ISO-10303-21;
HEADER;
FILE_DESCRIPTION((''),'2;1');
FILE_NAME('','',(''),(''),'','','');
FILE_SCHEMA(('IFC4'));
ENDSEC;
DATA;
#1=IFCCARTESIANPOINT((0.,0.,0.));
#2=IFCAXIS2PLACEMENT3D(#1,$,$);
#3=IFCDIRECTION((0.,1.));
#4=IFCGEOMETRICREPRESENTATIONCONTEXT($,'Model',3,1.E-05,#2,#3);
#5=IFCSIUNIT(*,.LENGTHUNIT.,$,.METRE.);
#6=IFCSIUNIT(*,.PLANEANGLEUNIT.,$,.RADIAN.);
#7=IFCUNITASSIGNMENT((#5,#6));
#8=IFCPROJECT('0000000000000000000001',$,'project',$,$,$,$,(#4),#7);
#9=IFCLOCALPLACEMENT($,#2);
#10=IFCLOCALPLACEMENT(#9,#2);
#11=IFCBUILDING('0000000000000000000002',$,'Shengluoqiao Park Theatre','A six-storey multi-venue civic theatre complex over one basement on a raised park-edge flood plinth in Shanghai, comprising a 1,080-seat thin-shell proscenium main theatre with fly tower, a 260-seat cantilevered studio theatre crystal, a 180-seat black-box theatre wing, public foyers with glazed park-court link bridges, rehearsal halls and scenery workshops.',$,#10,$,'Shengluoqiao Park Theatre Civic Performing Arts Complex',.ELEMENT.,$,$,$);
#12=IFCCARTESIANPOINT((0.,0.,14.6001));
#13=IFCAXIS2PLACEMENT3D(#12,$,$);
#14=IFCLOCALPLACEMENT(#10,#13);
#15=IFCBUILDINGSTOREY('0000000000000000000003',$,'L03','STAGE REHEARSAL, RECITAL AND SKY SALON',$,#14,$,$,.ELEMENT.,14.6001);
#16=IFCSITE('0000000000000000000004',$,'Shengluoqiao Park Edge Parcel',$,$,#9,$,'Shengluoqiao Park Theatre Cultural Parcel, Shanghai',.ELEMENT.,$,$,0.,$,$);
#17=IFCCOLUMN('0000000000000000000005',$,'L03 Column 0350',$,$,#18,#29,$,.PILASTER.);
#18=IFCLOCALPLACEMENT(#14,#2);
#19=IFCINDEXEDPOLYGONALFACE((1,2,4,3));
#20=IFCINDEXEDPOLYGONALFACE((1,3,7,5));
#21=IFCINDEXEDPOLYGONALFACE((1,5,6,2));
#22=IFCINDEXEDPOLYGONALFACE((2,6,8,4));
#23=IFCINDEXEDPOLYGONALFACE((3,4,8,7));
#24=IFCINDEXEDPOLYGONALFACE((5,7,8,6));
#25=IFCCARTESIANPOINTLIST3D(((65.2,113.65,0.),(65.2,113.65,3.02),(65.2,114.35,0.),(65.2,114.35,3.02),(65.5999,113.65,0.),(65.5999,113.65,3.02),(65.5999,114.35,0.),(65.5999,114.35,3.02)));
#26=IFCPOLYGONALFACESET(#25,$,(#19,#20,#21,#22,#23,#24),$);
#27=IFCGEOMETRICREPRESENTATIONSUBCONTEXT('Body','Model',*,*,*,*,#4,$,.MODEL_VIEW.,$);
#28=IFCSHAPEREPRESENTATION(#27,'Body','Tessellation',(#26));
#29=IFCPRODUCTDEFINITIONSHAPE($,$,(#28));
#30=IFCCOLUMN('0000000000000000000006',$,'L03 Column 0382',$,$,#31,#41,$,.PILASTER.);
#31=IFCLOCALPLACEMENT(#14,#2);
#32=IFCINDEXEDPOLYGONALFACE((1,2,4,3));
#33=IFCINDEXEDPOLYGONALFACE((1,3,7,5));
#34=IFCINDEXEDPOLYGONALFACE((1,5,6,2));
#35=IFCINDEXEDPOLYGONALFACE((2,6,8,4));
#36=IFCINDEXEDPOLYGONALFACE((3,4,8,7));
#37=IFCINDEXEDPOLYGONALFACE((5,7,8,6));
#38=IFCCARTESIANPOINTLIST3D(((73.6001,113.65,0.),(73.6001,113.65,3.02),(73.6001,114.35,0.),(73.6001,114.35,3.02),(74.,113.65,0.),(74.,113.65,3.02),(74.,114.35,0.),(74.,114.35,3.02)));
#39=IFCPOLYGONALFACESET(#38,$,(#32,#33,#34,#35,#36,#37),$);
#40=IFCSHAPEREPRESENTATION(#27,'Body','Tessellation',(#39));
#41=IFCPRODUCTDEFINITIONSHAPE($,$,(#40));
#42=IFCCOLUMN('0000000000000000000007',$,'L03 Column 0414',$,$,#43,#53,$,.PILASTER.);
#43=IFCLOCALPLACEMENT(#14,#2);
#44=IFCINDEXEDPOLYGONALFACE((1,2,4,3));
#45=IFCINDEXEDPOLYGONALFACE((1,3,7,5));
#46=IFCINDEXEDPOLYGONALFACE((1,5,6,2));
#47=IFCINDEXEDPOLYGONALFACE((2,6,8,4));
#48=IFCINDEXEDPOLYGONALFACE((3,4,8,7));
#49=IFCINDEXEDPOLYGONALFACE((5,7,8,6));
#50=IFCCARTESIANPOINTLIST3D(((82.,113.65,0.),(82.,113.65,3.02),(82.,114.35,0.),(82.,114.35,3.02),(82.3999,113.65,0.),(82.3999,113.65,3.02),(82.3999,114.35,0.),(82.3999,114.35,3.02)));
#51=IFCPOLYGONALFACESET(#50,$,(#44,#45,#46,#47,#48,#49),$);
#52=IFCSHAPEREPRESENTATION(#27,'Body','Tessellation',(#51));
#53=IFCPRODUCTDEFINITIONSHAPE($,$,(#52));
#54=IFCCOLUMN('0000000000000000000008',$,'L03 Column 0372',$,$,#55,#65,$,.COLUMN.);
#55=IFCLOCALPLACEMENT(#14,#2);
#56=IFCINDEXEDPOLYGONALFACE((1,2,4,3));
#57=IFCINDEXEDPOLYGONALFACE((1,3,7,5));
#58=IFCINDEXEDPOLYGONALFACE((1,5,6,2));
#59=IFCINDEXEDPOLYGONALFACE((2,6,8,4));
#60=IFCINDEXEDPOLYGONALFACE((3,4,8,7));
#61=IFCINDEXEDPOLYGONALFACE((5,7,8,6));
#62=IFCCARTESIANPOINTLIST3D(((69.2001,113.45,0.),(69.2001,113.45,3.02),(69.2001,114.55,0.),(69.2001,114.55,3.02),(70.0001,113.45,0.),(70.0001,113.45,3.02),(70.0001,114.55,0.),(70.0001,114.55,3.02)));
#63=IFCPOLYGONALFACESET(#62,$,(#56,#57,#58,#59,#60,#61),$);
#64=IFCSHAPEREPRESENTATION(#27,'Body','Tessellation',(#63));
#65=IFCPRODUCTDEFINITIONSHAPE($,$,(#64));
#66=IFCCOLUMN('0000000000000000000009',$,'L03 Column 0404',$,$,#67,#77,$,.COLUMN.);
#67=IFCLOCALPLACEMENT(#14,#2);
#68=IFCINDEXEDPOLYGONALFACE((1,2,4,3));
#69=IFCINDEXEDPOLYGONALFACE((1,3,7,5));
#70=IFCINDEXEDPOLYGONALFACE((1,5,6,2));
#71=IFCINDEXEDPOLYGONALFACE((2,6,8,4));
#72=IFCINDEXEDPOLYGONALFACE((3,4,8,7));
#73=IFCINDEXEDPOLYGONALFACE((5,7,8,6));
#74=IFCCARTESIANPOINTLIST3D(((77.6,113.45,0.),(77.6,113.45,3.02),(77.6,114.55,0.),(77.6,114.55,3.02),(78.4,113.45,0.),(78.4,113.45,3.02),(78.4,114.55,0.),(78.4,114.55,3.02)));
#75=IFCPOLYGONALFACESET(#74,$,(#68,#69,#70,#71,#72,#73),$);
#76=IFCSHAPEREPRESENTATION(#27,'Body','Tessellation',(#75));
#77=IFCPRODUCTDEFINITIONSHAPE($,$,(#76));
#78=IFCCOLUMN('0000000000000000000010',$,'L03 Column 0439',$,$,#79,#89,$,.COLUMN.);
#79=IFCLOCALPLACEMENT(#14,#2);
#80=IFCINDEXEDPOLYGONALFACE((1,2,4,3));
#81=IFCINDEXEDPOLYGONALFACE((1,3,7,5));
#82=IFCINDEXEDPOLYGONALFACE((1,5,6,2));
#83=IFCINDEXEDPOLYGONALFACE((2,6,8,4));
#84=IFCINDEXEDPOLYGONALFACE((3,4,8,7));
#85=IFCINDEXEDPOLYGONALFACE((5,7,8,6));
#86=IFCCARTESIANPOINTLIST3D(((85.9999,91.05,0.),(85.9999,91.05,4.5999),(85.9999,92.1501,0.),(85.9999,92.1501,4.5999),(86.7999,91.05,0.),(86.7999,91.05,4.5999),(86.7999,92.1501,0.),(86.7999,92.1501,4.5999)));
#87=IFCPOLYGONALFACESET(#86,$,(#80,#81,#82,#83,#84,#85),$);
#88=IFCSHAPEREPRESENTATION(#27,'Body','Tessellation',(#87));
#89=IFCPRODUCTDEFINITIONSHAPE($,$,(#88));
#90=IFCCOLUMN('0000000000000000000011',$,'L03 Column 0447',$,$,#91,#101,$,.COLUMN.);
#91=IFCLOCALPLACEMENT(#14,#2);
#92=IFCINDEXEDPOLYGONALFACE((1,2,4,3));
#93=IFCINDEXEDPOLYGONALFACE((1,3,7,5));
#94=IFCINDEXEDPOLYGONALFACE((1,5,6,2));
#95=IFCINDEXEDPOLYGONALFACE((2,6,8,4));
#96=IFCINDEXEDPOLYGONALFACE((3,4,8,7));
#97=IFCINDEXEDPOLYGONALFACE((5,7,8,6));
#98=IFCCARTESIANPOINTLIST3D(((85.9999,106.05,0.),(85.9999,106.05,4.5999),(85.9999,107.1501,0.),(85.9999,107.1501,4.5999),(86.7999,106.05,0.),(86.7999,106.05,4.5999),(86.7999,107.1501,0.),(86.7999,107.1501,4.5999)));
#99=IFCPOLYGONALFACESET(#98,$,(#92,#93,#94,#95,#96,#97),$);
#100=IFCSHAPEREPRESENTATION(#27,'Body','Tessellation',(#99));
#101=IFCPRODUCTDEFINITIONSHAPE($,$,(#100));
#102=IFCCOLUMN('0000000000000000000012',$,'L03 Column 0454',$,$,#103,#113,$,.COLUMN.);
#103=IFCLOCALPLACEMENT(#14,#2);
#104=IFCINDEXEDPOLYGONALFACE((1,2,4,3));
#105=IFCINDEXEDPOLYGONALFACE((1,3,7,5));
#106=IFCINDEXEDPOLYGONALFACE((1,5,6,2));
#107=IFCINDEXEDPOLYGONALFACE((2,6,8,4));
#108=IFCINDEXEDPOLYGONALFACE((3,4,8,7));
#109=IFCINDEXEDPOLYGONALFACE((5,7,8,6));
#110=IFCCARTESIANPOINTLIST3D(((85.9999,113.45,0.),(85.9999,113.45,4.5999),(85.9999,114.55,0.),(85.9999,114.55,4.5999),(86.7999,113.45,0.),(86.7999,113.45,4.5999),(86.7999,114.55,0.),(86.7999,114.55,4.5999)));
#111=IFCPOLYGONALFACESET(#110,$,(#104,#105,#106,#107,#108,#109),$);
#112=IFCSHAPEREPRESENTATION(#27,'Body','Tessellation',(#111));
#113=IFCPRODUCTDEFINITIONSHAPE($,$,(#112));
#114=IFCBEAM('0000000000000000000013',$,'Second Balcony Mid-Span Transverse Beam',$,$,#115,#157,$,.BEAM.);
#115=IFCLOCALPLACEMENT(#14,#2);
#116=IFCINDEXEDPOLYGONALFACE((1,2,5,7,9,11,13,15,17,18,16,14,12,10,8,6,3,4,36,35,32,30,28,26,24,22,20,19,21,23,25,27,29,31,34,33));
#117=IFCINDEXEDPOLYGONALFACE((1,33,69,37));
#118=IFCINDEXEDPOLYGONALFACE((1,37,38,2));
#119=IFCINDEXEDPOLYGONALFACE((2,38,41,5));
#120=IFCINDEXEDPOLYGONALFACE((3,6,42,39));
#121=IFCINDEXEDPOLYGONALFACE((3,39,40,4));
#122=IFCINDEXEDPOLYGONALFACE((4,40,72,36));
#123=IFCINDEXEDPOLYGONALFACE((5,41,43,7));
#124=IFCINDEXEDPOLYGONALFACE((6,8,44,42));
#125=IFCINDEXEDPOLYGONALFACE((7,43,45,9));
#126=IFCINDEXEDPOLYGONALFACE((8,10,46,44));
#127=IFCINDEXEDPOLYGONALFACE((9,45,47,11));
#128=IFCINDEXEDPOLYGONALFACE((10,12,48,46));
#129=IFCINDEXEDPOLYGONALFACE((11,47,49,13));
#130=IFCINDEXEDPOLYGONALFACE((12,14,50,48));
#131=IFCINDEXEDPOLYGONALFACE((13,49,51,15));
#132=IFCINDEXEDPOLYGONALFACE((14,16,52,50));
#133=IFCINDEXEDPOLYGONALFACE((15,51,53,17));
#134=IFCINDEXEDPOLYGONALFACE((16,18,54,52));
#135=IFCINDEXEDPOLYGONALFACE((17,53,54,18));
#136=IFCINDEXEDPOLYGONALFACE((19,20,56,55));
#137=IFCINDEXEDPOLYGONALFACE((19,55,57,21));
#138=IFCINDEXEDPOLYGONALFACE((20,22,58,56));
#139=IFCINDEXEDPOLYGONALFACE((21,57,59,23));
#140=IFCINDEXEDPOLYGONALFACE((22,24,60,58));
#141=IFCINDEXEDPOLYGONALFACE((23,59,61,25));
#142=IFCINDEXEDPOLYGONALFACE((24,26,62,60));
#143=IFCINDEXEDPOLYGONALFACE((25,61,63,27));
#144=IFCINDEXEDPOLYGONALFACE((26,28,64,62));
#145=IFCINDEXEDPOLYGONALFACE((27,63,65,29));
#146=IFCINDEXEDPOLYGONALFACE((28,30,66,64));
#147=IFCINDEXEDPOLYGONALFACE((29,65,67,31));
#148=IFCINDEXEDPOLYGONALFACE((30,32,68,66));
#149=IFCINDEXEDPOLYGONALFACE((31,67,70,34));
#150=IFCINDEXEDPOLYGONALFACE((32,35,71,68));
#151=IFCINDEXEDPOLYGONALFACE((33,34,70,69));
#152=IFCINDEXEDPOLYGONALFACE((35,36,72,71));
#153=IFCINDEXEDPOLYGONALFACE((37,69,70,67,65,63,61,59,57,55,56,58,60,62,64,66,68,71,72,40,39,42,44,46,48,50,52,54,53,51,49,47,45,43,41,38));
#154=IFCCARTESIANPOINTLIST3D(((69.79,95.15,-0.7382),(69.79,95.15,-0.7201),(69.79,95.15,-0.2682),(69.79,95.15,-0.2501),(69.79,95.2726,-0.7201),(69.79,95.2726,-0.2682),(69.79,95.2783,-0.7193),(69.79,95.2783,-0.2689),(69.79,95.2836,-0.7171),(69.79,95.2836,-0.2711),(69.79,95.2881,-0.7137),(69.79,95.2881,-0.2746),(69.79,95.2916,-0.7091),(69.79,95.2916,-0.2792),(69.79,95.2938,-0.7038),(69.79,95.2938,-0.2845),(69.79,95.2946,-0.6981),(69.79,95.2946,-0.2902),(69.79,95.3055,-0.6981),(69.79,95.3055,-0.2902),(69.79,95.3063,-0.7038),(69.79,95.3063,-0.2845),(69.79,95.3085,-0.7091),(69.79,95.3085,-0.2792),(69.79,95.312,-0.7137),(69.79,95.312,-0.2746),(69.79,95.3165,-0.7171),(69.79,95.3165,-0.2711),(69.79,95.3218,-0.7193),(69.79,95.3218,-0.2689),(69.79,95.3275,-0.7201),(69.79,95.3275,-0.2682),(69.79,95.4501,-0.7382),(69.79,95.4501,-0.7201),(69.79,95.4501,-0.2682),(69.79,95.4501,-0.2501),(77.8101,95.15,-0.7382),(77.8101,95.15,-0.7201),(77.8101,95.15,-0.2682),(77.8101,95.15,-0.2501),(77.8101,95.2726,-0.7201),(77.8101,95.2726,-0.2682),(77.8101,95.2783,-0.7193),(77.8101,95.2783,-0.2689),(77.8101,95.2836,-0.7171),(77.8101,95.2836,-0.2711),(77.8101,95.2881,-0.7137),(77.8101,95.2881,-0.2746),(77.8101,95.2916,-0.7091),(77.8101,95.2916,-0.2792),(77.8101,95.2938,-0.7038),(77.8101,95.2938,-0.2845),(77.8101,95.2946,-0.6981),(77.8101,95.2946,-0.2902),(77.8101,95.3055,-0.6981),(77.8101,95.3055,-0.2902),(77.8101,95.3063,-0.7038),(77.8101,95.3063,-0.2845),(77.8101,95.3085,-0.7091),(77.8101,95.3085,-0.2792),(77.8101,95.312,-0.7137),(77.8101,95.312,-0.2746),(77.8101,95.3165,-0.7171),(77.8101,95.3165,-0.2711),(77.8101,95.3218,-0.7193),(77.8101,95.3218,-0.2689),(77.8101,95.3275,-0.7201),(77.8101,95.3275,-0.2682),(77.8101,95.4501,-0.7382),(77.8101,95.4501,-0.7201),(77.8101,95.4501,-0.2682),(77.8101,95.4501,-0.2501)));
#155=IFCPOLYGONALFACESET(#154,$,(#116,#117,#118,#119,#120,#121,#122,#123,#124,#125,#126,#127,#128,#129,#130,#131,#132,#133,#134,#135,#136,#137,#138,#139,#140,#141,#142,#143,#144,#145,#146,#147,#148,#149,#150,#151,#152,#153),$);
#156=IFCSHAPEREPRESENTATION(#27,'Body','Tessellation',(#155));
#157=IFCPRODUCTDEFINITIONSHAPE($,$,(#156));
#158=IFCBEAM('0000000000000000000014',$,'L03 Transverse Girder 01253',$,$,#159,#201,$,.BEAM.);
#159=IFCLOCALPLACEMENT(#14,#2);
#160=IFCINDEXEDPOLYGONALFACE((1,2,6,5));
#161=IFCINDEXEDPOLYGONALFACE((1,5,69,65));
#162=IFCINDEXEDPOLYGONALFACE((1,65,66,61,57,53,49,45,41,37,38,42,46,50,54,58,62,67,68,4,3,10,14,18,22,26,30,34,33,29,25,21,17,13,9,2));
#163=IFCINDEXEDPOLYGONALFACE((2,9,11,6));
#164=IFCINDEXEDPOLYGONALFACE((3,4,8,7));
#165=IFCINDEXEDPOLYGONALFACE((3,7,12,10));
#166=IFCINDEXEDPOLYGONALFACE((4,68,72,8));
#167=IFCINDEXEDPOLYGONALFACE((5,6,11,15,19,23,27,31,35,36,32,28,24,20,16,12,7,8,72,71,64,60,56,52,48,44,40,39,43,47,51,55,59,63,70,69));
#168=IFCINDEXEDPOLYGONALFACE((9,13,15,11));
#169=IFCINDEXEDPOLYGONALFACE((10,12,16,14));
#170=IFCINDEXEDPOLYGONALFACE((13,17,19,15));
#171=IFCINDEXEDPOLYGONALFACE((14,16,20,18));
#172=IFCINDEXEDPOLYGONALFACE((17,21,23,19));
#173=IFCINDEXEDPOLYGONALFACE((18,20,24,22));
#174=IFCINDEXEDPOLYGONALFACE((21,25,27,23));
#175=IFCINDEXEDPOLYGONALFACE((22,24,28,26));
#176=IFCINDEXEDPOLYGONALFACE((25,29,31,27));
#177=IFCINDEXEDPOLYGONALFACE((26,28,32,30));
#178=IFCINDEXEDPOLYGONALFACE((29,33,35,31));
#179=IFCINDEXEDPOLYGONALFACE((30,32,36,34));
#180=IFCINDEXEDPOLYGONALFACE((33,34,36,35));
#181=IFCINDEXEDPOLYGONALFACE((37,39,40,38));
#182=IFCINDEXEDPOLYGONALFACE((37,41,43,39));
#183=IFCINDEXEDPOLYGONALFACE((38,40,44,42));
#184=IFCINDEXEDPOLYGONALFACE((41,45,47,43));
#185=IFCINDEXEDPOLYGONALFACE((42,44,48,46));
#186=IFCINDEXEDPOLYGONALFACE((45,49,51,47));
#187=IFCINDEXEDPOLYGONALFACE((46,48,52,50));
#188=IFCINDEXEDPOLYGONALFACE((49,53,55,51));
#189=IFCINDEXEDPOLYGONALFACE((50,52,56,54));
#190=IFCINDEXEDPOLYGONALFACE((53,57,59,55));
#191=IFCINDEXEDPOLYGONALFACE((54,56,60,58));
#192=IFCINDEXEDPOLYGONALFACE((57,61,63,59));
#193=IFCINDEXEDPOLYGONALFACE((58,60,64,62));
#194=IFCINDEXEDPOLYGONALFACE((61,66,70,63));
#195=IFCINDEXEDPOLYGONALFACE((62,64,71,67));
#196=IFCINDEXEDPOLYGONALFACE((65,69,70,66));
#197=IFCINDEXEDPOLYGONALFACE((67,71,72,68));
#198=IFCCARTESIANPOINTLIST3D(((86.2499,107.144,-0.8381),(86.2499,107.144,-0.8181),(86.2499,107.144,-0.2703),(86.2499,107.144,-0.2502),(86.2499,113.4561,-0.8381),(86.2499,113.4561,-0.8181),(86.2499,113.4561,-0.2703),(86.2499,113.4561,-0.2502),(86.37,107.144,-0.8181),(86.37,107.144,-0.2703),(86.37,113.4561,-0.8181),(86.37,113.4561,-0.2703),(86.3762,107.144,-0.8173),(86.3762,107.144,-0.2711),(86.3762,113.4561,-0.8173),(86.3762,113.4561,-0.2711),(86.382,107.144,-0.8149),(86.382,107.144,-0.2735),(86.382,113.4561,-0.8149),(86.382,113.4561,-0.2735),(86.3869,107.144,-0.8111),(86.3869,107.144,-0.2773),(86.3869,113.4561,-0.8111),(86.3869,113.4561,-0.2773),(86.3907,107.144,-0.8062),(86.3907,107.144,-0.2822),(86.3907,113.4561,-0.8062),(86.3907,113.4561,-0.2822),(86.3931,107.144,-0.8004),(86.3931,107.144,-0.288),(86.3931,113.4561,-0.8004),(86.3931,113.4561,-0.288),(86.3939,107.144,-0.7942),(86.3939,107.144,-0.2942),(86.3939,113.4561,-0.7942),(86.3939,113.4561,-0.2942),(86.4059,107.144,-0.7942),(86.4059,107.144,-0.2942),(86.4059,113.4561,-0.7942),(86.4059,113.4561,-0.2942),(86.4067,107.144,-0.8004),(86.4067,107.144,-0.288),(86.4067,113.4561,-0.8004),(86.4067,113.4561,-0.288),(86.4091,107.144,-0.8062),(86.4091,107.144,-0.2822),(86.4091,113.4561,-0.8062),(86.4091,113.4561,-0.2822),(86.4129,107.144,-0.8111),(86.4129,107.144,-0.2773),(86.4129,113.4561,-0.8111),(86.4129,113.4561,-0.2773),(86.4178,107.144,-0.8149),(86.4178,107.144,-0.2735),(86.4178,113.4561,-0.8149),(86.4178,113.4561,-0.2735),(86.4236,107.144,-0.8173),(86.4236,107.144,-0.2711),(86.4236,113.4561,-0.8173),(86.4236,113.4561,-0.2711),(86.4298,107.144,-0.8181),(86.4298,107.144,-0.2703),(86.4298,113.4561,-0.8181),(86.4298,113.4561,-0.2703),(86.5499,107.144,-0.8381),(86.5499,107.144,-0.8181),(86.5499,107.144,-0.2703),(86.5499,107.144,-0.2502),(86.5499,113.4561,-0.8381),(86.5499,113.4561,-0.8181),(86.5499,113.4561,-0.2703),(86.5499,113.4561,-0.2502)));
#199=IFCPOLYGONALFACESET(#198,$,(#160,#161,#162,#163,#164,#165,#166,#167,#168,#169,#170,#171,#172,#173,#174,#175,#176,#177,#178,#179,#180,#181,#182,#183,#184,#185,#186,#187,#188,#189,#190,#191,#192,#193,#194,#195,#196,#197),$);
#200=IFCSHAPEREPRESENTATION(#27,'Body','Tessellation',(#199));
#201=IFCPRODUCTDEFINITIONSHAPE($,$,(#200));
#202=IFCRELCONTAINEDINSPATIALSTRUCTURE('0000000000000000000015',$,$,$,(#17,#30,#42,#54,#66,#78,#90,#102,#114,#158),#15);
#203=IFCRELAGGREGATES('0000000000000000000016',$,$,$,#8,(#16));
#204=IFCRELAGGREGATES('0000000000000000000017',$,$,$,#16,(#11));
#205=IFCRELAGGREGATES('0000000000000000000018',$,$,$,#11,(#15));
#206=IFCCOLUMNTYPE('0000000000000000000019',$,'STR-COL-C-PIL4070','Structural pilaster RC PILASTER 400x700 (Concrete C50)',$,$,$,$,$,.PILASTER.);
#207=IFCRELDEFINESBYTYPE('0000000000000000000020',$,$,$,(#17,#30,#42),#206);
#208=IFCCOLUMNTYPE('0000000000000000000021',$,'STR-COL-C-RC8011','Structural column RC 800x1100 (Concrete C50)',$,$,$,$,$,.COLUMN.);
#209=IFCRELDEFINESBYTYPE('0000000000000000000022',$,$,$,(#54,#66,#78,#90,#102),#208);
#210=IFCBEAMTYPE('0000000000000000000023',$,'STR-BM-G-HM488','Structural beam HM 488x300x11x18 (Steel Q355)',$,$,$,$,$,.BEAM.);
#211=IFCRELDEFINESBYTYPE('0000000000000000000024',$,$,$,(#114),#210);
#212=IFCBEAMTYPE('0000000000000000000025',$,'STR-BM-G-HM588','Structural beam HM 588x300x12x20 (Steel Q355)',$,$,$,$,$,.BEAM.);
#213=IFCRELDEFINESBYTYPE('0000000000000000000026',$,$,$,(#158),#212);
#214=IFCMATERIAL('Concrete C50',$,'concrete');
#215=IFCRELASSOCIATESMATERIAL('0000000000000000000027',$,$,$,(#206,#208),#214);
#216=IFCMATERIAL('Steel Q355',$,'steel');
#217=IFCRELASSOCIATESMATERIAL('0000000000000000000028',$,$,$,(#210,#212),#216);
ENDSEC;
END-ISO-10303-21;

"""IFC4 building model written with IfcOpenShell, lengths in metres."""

from ifc_helpers import new_model, si_unit, direction, frame, origin, origin_2d, place, context, subcontext, project, spatial, rectangle, i_section, extrude, material, material_profile, profile_set, type_object, element, save


model = new_model("IFC4")

# Units and contexts
model_context = context("Model", 3, precision=1e-05, world=origin(), true_north=direction((0.0, 1.0)))
body_context = subcontext(model_context, "Body", "Model", "MODEL_VIEW")
ifc_project = project(units=[si_unit("LENGTHUNIT", "METRE"), si_unit("PLANEANGLEUNIT", "RADIAN")], contexts=[model_context])

# Site, building, storey
site_placement = place(None, origin())
site = spatial("IfcSite", under=ifc_project, at=site_placement, Name="Shengluoqiao Park Edge Parcel", LongName="Shengluoqiao Park Theatre Cultural Parcel, Shanghai", CompositionType="ELEMENT", RefElevation=0.0)
building_placement = place(site_placement, origin())
building = spatial("IfcBuilding", under=site, at=building_placement, Name="Shengluoqiao Park Theatre", Description="A six-storey multi-venue civic theatre complex over one basement on a raised park-edge flood plinth in Shanghai, comprising a 1,080-seat thin-shell proscenium main theatre with fly tower, a 260-seat cantilevered studio theatre crystal, a 180-seat black-box theatre wing, public foyers with glazed park-court link bridges, rehearsal halls and scenery workshops.", LongName="Shengluoqiao Park Theatre Civic Performing Arts Complex", CompositionType="ELEMENT")
storey_placement = place(building_placement, frame((0.0, 0.0, 14.6001)))
storey = spatial("IfcBuildingStorey", under=building, at=storey_placement, Name="L03", Description="STAGE REHEARSAL, RECITAL AND SKY SALON", CompositionType="ELEMENT", Elevation=14.6001)

# Columns
ifc_material_1 = material(Name="Concrete C50", Category="concrete")
ifc_material_profile_1 = material_profile(ifc_material_1, rectangle(XDim=0.3999, YDim=0.7, at=origin_2d()), Name="RC PILASTER 400x700")
ifc_profile_set_1 = profile_set([ifc_material_profile_1], Name="Concrete C50")
column_type_1 = type_object("IfcColumnType", Name="STR-COL-C-PIL4070", Description="Structural pilaster RC PILASTER 400x700 (Concrete C50)", PredefinedType="PILASTER", material=ifc_profile_set_1)
for number, where, z_axis, x_axis, name in (
    (1, (65.3999, 114.0, 0.0), (0.0, 0.0, 1.0), (1.0, 0.0, 0.0), "L03 Column 0350"),
    (2, (73.8, 114.0, 0.0), (0.0, 0.0, 1.0), (1.0, 0.0, 0.0), "L03 Column 0382"),
    (3, (82.2, 114.0, 0.0), (0.0, 0.0, 1.0), (1.0, 0.0, 0.0), "L03 Column 0414"),
):
    element("IfcColumn", number, at=place(storey_placement, frame(where, z_axis=z_axis, x_axis=x_axis)), inside=storey, type_object=column_type_1, Name=name, PredefinedType="PILASTER", context=body_context, shape_type="SweptSolid", body=[
        extrude(rectangle(XDim=0.3999, YDim=0.7, at=origin_2d()), origin(), (0.0, 0.0, 1.0), 3.02),
    ])
ifc_material_profile_2 = material_profile(ifc_material_1, rectangle(XDim=0.8, YDim=1.1001, at=origin_2d()), Name="RC 800x1100")
ifc_profile_set_2 = profile_set([ifc_material_profile_2], Name="Concrete C50")
column_type_2 = type_object("IfcColumnType", Name="STR-COL-C-RC8011", Description="Structural column RC 800x1100 (Concrete C50)", PredefinedType="COLUMN", material=ifc_profile_set_2)
for number, where, z_axis, x_axis, name in (
    (4, (69.6001, 114.0, 0.0), (0.0, 0.0, 1.0), (1.0, 0.0, 0.0), "L03 Column 0372"),
    (5, (78.0, 114.0, 0.0), (0.0, 0.0, 1.0), (1.0, 0.0, 0.0), "L03 Column 0404"),
):
    element("IfcColumn", number, at=place(storey_placement, frame(where, z_axis=z_axis, x_axis=x_axis)), inside=storey, type_object=column_type_2, Name=name, PredefinedType="COLUMN", context=body_context, shape_type="SweptSolid", body=[
        extrude(rectangle(XDim=0.8, YDim=1.1001, at=origin_2d()), origin(), (0.0, 0.0, 1.0), 3.02),
    ])
for number, where, z_axis, x_axis, name in (
    (6, (86.3999, 91.6001, 0.0), (0.0, 0.0, 1.0), (1.0, 0.0, 0.0), "L03 Column 0439"),
    (7, (86.3999, 106.6001, 0.0), (0.0, 0.0, 1.0), (1.0, 0.0, 0.0), "L03 Column 0447"),
    (8, (86.3999, 114.0, 0.0), (0.0, 0.0, 1.0), (1.0, 0.0, 0.0), "L03 Column 0454"),
):
    element("IfcColumn", number, at=place(storey_placement, frame(where, z_axis=z_axis, x_axis=x_axis)), inside=storey, type_object=column_type_2, Name=name, PredefinedType="COLUMN", context=body_context, shape_type="SweptSolid", body=[
        extrude(rectangle(XDim=0.8, YDim=1.1001, at=origin_2d()), origin(), (0.0, 0.0, 1.0), 4.5999),
    ])

# Beams
ifc_material_2 = material(Name="Steel Q355", Category="steel")
ifc_material_profile_3 = material_profile(ifc_material_2, i_section(OverallWidth=0.3, OverallDepth=0.488, WebThickness=0.011, FlangeThickness=0.0181, FilletRadius=0.022, at=origin_2d()), Name="HM 488x300x11x18")
ifc_profile_set_3 = profile_set([ifc_material_profile_3], Name="Steel Q355")
beam_type_1 = type_object("IfcBeamType", Name="STR-BM-G-HM488", Description="Structural beam HM 488x300x11x18 (Steel Q355)", PredefinedType="BEAM", material=ifc_profile_set_3)
beam_1_placement = place(storey_placement, frame((69.79, 95.3, -0.4941), z_axis=(1.0, 0.0, 0.0), x_axis=(0.0, 1.0, 0.0)))
element("IfcBeam", 9, at=beam_1_placement, inside=storey, type_object=beam_type_1, Name="Second Balcony Mid-Span Transverse Beam", PredefinedType="BEAM", context=body_context, shape_type="SweptSolid", body=[
    extrude(i_section(OverallWidth=0.3, OverallDepth=0.488, WebThickness=0.011, FlangeThickness=0.0181, FilletRadius=0.022, at=origin_2d()), origin(), (0.0, 0.0, 1.0), 8.02),
])
ifc_material_profile_4 = material_profile(ifc_material_2, i_section(OverallWidth=0.3, OverallDepth=0.5879, WebThickness=0.012, FlangeThickness=0.02, FilletRadius=0.0239, at=origin_2d()), Name="HM 588x300x12x20")
ifc_profile_set_4 = profile_set([ifc_material_profile_4], Name="Steel Q355")
beam_type_2 = type_object("IfcBeamType", Name="STR-BM-G-HM588", Description="Structural beam HM 588x300x12x20 (Steel Q355)", PredefinedType="BEAM", material=ifc_profile_set_4)
beam_2_placement = place(storey_placement, frame((86.3999, 107.144, -0.5442), z_axis=(0.0, 1.0, 0.0), x_axis=(-1.0, 0.0, 0.0)))
element("IfcBeam", 10, at=beam_2_placement, inside=storey, type_object=beam_type_2, Name="L03 Transverse Girder 01253", PredefinedType="BEAM", context=body_context, shape_type="SweptSolid", body=[
    extrude(i_section(OverallWidth=0.3, OverallDepth=0.5879, WebThickness=0.012, FlangeThickness=0.02, FilletRadius=0.0239, at=origin_2d()), origin(), (0.0, 0.0, 1.0), 6.312),
])

save(model, "model.ifc")
